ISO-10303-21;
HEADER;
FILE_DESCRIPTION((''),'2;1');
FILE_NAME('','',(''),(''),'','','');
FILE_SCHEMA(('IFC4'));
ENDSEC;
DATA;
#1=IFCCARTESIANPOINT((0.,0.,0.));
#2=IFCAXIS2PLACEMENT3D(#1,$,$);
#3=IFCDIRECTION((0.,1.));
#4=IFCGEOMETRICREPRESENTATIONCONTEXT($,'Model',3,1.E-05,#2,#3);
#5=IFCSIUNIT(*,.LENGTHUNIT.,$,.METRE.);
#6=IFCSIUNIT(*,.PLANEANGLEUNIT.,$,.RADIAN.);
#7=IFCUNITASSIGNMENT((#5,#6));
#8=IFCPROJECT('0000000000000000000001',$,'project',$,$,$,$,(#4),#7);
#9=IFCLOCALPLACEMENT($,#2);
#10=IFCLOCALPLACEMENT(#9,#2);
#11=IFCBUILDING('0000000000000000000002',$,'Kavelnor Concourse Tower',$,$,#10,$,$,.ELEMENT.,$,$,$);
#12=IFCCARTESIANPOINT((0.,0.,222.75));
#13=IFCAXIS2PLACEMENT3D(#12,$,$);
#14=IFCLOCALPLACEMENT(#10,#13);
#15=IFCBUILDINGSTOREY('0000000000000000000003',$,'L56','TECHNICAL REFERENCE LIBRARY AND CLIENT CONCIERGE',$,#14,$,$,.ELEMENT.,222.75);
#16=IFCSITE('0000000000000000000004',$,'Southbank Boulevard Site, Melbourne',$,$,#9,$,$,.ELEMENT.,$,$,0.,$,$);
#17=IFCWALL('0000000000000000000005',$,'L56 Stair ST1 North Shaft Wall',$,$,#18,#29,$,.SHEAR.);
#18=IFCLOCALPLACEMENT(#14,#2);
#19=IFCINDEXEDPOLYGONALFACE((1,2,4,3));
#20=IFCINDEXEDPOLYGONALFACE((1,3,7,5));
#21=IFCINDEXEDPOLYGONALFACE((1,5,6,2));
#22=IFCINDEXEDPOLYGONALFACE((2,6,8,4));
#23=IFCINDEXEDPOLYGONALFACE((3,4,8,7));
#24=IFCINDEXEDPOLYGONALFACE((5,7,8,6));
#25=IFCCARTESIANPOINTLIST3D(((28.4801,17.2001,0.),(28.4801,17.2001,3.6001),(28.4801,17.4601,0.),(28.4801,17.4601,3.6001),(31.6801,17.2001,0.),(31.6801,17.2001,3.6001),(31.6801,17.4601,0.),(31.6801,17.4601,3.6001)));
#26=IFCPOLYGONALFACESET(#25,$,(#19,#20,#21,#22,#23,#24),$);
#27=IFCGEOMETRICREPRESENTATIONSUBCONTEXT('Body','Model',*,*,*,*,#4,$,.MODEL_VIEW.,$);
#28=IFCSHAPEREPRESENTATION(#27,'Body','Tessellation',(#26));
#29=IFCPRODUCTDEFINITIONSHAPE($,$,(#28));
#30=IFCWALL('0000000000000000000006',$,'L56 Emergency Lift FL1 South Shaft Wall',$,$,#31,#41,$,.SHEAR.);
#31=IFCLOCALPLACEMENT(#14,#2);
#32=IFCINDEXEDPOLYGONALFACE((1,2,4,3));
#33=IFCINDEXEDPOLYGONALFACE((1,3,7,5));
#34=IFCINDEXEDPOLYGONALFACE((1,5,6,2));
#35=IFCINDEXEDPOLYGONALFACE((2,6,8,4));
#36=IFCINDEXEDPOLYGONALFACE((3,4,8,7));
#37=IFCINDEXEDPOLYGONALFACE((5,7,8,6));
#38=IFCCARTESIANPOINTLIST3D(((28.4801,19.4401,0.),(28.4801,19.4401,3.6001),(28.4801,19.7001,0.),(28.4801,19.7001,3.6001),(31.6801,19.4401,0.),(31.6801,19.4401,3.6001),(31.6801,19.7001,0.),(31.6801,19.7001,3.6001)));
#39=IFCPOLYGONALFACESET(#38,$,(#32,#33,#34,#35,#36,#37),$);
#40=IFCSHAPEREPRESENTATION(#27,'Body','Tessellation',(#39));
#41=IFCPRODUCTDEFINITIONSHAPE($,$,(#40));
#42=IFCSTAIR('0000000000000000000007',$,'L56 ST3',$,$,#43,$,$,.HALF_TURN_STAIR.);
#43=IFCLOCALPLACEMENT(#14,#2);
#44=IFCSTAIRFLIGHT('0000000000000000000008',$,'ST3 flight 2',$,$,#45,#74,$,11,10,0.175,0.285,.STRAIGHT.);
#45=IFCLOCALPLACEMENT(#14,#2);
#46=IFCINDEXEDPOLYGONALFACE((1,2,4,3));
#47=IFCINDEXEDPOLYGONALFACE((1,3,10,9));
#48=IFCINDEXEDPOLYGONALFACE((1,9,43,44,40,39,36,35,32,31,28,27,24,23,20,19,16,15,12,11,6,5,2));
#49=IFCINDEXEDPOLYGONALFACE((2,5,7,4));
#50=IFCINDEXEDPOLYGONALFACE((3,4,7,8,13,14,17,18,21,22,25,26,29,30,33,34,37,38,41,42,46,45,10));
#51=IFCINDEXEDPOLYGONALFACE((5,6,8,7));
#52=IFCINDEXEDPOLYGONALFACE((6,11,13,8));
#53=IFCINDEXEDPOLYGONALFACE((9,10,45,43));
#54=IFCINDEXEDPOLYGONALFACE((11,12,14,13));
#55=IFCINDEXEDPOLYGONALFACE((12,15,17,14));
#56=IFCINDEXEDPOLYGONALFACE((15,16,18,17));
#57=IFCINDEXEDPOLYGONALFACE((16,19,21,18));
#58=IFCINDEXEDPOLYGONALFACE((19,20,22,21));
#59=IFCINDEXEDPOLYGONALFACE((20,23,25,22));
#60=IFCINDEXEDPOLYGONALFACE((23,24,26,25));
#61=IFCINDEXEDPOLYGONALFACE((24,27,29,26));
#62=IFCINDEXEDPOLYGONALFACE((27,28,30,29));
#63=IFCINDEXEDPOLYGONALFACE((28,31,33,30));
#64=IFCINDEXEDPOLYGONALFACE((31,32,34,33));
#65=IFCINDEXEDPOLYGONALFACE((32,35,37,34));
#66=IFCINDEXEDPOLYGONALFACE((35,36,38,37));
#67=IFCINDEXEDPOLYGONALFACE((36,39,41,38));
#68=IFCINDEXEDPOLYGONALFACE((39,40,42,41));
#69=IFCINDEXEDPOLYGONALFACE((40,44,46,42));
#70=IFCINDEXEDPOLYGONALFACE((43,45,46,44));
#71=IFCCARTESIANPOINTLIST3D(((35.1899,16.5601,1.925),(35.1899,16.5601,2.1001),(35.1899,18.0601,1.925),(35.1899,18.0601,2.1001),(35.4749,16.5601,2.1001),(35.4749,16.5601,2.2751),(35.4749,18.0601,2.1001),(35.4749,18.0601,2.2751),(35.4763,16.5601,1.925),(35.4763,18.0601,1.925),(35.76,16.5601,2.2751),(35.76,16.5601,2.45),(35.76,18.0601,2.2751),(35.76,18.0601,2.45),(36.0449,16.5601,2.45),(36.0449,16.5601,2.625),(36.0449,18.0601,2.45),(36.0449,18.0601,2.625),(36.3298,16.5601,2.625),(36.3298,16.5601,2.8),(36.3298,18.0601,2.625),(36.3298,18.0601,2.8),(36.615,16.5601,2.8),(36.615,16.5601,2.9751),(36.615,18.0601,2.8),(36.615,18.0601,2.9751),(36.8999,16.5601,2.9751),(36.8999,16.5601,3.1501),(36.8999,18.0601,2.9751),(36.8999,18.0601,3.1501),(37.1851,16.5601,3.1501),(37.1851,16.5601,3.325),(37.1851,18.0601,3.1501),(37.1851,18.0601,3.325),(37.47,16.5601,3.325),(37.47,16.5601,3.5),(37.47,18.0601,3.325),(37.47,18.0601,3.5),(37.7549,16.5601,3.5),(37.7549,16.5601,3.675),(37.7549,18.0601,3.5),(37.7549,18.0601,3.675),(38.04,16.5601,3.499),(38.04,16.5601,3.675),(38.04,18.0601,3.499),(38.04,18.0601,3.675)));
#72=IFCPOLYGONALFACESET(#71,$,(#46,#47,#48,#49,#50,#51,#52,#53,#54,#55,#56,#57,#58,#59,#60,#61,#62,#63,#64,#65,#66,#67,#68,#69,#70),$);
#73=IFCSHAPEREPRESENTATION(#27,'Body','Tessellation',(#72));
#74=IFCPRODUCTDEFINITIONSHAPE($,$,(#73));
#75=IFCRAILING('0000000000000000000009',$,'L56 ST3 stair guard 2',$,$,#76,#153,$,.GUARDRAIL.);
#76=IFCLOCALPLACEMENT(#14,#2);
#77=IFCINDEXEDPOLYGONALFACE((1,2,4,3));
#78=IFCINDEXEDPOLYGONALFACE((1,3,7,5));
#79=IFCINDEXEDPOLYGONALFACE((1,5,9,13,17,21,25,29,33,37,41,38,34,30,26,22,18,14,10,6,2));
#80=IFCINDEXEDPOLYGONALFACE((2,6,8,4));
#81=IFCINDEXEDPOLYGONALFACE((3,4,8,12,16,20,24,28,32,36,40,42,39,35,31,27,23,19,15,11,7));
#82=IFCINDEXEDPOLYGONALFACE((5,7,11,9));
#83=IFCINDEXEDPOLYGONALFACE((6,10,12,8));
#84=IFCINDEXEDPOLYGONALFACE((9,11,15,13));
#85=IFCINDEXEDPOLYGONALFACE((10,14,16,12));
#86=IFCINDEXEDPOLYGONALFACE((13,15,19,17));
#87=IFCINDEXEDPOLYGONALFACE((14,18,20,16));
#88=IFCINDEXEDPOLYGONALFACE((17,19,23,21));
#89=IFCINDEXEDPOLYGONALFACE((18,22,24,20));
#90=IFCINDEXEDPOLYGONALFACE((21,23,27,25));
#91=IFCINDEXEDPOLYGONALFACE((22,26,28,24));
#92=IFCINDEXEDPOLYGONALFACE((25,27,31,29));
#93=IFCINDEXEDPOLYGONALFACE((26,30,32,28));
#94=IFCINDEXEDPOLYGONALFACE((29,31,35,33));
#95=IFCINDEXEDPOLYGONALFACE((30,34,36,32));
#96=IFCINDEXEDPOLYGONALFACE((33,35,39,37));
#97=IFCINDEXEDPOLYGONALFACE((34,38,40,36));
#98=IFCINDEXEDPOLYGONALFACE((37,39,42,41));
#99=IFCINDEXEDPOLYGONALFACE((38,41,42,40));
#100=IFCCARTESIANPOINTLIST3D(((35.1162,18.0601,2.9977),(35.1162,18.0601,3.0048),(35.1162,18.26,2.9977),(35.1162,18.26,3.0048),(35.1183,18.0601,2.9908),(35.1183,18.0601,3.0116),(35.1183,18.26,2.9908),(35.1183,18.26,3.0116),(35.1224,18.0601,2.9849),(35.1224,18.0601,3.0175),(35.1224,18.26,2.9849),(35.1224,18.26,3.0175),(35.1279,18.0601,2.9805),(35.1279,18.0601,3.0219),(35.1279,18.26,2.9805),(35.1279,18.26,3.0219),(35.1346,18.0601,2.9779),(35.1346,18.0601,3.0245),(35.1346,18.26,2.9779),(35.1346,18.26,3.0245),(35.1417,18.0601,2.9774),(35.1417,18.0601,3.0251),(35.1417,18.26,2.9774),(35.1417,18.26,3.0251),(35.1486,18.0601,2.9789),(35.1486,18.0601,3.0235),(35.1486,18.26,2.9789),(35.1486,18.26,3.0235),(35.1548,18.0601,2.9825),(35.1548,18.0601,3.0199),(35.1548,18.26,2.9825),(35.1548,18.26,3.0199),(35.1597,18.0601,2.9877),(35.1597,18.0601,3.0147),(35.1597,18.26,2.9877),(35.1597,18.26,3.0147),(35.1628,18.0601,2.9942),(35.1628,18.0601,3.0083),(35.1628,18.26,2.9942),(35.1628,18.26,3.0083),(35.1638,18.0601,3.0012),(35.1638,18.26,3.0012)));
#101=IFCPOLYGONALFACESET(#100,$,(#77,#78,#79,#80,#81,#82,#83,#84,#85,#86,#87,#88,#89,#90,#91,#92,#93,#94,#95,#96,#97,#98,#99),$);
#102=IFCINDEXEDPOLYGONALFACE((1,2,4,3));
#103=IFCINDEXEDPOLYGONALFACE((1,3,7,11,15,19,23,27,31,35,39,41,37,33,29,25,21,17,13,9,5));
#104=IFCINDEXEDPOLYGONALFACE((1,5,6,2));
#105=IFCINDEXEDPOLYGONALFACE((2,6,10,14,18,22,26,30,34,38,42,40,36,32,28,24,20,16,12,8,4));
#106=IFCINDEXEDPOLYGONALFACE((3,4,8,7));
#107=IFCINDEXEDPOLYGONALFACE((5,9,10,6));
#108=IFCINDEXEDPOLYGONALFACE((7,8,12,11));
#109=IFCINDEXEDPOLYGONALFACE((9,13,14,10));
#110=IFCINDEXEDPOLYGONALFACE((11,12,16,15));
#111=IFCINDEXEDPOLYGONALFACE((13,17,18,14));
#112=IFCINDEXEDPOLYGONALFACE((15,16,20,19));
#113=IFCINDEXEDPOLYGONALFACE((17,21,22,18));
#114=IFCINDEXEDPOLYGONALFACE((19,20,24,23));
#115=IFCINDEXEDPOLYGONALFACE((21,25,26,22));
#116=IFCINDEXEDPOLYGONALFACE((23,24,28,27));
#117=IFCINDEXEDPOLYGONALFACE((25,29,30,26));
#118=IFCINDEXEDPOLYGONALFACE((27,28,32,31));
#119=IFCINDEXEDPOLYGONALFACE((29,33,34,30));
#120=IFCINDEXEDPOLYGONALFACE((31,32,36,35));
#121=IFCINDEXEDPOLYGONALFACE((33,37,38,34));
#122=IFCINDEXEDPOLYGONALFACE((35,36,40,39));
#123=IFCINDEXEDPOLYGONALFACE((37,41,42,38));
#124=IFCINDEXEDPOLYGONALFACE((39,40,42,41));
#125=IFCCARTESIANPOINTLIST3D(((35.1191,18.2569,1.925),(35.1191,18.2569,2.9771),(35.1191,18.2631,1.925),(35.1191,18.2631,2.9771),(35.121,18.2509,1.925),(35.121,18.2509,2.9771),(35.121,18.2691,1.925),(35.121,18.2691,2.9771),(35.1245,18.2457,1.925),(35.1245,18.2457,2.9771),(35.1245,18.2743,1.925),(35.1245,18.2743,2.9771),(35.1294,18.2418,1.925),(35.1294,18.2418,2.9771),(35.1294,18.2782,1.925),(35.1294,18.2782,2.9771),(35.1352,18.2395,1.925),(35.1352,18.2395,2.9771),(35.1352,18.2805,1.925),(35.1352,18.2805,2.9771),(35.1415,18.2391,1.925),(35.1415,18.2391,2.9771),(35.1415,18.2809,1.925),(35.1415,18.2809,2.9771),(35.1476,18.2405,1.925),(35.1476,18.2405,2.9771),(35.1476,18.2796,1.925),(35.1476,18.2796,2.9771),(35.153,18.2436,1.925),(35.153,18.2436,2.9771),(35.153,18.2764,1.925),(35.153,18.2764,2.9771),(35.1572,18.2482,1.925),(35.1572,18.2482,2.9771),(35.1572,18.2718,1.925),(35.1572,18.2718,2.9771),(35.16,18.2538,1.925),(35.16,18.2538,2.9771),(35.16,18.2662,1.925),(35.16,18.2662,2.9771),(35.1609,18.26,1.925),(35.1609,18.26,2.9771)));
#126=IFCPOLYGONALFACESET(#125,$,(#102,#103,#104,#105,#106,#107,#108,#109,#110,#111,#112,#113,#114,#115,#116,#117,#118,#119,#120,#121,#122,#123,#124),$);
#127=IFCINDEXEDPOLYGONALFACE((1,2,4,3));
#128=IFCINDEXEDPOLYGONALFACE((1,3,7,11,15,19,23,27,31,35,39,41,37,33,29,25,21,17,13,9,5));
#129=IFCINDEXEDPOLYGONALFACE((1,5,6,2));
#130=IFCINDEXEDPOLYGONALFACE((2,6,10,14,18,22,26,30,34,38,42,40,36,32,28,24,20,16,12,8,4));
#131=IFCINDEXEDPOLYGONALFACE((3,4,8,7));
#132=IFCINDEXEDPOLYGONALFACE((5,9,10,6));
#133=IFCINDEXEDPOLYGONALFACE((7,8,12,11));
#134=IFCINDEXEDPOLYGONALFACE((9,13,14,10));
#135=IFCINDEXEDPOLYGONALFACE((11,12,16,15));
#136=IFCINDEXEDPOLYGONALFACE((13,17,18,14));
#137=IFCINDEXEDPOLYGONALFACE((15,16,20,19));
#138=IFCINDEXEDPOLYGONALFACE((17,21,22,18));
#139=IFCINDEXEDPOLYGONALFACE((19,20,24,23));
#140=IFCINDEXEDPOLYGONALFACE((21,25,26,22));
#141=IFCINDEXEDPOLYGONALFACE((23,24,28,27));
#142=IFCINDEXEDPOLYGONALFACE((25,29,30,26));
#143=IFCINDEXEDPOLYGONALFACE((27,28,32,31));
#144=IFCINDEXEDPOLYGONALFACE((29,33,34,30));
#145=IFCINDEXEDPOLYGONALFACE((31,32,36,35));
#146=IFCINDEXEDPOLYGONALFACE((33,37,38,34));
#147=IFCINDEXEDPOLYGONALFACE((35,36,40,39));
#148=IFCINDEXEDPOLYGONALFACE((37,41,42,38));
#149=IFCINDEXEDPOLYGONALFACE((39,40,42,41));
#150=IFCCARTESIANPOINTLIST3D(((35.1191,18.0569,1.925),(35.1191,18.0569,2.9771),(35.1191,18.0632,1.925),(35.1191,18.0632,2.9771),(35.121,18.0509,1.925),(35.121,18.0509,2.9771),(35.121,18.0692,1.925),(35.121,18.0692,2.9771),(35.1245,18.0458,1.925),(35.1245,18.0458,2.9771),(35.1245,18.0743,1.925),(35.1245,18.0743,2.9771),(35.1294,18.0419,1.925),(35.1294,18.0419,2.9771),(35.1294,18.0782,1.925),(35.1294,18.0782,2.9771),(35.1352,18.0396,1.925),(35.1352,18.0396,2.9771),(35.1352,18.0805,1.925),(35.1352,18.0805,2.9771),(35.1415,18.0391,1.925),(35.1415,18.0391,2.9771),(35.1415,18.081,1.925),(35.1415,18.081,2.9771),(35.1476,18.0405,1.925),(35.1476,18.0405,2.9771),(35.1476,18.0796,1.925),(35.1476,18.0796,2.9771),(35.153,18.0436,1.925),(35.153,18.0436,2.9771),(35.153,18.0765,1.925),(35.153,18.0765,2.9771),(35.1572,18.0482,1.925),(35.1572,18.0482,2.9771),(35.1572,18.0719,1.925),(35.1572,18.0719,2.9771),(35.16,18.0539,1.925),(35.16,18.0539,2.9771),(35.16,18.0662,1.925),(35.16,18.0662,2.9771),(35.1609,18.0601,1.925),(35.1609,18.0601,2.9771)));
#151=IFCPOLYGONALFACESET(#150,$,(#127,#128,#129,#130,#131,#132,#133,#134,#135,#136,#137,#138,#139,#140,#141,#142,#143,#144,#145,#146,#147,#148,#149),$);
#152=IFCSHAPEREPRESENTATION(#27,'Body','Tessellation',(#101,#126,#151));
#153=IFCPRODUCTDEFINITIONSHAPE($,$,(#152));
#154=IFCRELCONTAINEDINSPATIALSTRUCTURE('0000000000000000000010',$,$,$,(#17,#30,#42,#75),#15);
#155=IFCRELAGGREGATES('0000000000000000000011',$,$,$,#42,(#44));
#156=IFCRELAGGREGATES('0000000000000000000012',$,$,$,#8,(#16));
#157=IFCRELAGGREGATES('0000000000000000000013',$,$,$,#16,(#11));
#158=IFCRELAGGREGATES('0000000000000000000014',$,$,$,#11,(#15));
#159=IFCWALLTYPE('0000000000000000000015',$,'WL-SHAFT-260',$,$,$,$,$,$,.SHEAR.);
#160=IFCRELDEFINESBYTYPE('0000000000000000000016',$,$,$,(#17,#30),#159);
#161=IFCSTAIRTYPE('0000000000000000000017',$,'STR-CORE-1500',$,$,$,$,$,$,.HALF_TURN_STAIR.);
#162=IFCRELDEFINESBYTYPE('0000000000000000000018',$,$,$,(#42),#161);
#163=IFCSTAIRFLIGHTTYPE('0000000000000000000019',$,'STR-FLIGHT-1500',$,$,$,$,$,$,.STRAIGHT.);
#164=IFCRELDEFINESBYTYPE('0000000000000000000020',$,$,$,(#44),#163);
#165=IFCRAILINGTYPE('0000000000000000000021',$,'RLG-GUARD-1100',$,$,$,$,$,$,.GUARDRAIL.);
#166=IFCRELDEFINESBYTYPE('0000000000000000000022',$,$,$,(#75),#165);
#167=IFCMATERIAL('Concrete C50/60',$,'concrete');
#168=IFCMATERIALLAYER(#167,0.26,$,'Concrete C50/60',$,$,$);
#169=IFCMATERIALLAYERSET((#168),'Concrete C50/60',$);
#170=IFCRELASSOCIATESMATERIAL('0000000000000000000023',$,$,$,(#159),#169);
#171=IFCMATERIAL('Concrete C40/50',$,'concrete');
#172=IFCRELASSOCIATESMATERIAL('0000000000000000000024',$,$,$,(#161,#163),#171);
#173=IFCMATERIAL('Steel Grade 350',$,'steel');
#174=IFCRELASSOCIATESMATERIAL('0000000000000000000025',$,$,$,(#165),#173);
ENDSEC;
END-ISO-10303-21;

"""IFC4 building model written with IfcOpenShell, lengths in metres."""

from ifc_helpers import new_model, si_unit, direction, frame, frame_2d, origin, origin_2d, place, context, subcontext, project, spatial, polyline, rectangle, circle, outline, extrude, material, layer, layer_set, type_object, element, aggregate, save


model = new_model("IFC4")

# Units and contexts
model_context = context("Model", 3, precision=1e-05, world=origin(), true_north=direction((0.0, 1.0)))
body_context = subcontext(model_context, "Body", "Model", "MODEL_VIEW")
ifc_project = project(units=[si_unit("LENGTHUNIT", "METRE"), si_unit("PLANEANGLEUNIT", "RADIAN")], contexts=[model_context])

# Site, building, storey
site_placement = place(None, origin())
site = spatial("IfcSite", under=ifc_project, at=site_placement, Name="Southbank Boulevard Site, Melbourne", CompositionType="ELEMENT", RefElevation=0.0)
building_placement = place(site_placement, origin())
building = spatial("IfcBuilding", under=site, at=building_placement, Name="Kavelnor Concourse Tower", CompositionType="ELEMENT")
storey_placement = place(building_placement, frame((0.0, 0.0, 222.75)))
storey = spatial("IfcBuildingStorey", under=building, at=storey_placement, Name="L56", Description="TECHNICAL REFERENCE LIBRARY AND CLIENT CONCIERGE", CompositionType="ELEMENT", Elevation=222.75)

# Shared definitions
ifc_material_1 = material(Name="Steel Grade 350", Category="steel")

# Shared definitions
ifc_material_2 = material(Name="Concrete C50/60", Category="concrete")

# Walls
ifc_layer_1 = layer(ifc_material_2, 0.26, Name="Concrete C50/60")
ifc_layer_set_1 = layer_set([ifc_layer_1], Name="Concrete C50/60")
wall_type_1 = type_object("IfcWallType", Name="WL-SHAFT-260", PredefinedType="SHEAR", material=ifc_layer_set_1)
for number, where, z_axis, x_axis, name in (
    (1, (28.48, 17.3301, 0.0), (0.0, 0.0, 1.0), (1.0, 0.0, 0.0), "L56 Stair ST1 North Shaft Wall"),
    (2, (28.48, 19.5701, 0.0), (0.0, 0.0, 1.0), (1.0, 0.0, 0.0), "L56 Emergency Lift FL1 South Shaft Wall"),
):
    element("IfcWall", number, at=place(storey_placement, frame(where, z_axis=z_axis, x_axis=x_axis)), inside=storey, type_object=wall_type_1, Name=name, PredefinedType="SHEAR", context=body_context, shape_type="SweptSolid", body=[
        extrude(rectangle(XDim=3.2, YDim=0.26, at=frame_2d((1.6001, 0.0))), origin(), (0.0, 0.0, 1.0), 3.6001),
    ])

# Stair, stair flight
ifc_material_3 = material(Name="Concrete C40/50", Category="concrete")
stair_type = type_object("IfcStairType", Name="STR-CORE-1500", PredefinedType="HALF_TURN_STAIR", material=ifc_material_3)
stair_placement = place(storey_placement, origin())
stair = element("IfcStair", 3, at=stair_placement, inside=storey, type_object=stair_type, Name="L56 ST3", PredefinedType="HALF_TURN_STAIR")
stair_flight_type = type_object("IfcStairFlightType", Name="STR-FLIGHT-1500", PredefinedType="STRAIGHT", material=ifc_material_3)
stair_flight_placement = place(storey_placement, frame((35.1899, 17.3101, 1.925), z_axis=(0.0, 0.0, 1.0), x_axis=(1.0, 0.0, 0.0)))
stair_flight = element("IfcStairFlight", 4, at=stair_flight_placement, type_object=stair_flight_type, Name="ST3 flight 2", NumberOfRisers=11, NumberOfTreads=10, PredefinedType="STRAIGHT", RiserHeight=0.175, TreadLength=0.285, context=body_context, shape_type="SweptSolid", body=[
    extrude(outline(polyline([(0.0, 0.0), (0.0, 0.175), (0.2849, 0.175), (0.2849, 0.3501), (0.5701, 0.3501), (0.5701, 0.5249), (0.855, 0.5249), (0.855, 0.7), (1.1399, 0.7), (1.1399, 0.875), (1.425, 0.875), (1.425, 1.05), (1.71, 1.05), (1.71, 1.2251), (1.9951, 1.2251), (1.9951, 1.3999), (2.28, 1.3999), (2.28, 1.575), (2.5649, 1.575), (2.5649, 1.75), (2.8501, 1.75), (2.8501, 1.925), (2.8501, 1.574), (0.2864, 0.0), (0.0, 0.0)])), frame((0.0, 0.75, 0.0), z_axis=(0.0, -1.0, 0.0), x_axis=(1.0, 0.0, 0.0)), (0.0, 0.0, 1.0), 1.5),
])
aggregate(stair, [stair_flight])

# Railing
railing_type_1 = type_object("IfcRailingType", Name="RLG-GUARD-1100", PredefinedType="GUARDRAIL", material=ifc_material_1)
railing_1_placement = place(storey_placement, frame((35.1399, 18.26, 1.925)))
element("IfcRailing", 5, at=railing_1_placement, inside=storey, type_object=railing_type_1, Name="L56 ST3 stair guard 2", PredefinedType="GUARDRAIL", context=body_context, shape_type="SweptSolid", body=[
    extrude(circle(Radius=0.0239, at=origin_2d()), frame((0.0, 0.0, 1.0762), z_axis=(0.0, -1.0, 0.0), x_axis=(1.0, 0.0, 0.0)), (0.0, 0.0, 1.0), 0.2),
    extrude(circle(Radius=0.021, at=origin_2d()), origin(), (0.0, 0.0, 1.0), 1.052),
    extrude(circle(Radius=0.021, at=origin_2d()), frame((0.0, -0.2, 0.0)), (0.0, 0.0, 1.0), 1.052),
])

save(model, "model.ifc")
